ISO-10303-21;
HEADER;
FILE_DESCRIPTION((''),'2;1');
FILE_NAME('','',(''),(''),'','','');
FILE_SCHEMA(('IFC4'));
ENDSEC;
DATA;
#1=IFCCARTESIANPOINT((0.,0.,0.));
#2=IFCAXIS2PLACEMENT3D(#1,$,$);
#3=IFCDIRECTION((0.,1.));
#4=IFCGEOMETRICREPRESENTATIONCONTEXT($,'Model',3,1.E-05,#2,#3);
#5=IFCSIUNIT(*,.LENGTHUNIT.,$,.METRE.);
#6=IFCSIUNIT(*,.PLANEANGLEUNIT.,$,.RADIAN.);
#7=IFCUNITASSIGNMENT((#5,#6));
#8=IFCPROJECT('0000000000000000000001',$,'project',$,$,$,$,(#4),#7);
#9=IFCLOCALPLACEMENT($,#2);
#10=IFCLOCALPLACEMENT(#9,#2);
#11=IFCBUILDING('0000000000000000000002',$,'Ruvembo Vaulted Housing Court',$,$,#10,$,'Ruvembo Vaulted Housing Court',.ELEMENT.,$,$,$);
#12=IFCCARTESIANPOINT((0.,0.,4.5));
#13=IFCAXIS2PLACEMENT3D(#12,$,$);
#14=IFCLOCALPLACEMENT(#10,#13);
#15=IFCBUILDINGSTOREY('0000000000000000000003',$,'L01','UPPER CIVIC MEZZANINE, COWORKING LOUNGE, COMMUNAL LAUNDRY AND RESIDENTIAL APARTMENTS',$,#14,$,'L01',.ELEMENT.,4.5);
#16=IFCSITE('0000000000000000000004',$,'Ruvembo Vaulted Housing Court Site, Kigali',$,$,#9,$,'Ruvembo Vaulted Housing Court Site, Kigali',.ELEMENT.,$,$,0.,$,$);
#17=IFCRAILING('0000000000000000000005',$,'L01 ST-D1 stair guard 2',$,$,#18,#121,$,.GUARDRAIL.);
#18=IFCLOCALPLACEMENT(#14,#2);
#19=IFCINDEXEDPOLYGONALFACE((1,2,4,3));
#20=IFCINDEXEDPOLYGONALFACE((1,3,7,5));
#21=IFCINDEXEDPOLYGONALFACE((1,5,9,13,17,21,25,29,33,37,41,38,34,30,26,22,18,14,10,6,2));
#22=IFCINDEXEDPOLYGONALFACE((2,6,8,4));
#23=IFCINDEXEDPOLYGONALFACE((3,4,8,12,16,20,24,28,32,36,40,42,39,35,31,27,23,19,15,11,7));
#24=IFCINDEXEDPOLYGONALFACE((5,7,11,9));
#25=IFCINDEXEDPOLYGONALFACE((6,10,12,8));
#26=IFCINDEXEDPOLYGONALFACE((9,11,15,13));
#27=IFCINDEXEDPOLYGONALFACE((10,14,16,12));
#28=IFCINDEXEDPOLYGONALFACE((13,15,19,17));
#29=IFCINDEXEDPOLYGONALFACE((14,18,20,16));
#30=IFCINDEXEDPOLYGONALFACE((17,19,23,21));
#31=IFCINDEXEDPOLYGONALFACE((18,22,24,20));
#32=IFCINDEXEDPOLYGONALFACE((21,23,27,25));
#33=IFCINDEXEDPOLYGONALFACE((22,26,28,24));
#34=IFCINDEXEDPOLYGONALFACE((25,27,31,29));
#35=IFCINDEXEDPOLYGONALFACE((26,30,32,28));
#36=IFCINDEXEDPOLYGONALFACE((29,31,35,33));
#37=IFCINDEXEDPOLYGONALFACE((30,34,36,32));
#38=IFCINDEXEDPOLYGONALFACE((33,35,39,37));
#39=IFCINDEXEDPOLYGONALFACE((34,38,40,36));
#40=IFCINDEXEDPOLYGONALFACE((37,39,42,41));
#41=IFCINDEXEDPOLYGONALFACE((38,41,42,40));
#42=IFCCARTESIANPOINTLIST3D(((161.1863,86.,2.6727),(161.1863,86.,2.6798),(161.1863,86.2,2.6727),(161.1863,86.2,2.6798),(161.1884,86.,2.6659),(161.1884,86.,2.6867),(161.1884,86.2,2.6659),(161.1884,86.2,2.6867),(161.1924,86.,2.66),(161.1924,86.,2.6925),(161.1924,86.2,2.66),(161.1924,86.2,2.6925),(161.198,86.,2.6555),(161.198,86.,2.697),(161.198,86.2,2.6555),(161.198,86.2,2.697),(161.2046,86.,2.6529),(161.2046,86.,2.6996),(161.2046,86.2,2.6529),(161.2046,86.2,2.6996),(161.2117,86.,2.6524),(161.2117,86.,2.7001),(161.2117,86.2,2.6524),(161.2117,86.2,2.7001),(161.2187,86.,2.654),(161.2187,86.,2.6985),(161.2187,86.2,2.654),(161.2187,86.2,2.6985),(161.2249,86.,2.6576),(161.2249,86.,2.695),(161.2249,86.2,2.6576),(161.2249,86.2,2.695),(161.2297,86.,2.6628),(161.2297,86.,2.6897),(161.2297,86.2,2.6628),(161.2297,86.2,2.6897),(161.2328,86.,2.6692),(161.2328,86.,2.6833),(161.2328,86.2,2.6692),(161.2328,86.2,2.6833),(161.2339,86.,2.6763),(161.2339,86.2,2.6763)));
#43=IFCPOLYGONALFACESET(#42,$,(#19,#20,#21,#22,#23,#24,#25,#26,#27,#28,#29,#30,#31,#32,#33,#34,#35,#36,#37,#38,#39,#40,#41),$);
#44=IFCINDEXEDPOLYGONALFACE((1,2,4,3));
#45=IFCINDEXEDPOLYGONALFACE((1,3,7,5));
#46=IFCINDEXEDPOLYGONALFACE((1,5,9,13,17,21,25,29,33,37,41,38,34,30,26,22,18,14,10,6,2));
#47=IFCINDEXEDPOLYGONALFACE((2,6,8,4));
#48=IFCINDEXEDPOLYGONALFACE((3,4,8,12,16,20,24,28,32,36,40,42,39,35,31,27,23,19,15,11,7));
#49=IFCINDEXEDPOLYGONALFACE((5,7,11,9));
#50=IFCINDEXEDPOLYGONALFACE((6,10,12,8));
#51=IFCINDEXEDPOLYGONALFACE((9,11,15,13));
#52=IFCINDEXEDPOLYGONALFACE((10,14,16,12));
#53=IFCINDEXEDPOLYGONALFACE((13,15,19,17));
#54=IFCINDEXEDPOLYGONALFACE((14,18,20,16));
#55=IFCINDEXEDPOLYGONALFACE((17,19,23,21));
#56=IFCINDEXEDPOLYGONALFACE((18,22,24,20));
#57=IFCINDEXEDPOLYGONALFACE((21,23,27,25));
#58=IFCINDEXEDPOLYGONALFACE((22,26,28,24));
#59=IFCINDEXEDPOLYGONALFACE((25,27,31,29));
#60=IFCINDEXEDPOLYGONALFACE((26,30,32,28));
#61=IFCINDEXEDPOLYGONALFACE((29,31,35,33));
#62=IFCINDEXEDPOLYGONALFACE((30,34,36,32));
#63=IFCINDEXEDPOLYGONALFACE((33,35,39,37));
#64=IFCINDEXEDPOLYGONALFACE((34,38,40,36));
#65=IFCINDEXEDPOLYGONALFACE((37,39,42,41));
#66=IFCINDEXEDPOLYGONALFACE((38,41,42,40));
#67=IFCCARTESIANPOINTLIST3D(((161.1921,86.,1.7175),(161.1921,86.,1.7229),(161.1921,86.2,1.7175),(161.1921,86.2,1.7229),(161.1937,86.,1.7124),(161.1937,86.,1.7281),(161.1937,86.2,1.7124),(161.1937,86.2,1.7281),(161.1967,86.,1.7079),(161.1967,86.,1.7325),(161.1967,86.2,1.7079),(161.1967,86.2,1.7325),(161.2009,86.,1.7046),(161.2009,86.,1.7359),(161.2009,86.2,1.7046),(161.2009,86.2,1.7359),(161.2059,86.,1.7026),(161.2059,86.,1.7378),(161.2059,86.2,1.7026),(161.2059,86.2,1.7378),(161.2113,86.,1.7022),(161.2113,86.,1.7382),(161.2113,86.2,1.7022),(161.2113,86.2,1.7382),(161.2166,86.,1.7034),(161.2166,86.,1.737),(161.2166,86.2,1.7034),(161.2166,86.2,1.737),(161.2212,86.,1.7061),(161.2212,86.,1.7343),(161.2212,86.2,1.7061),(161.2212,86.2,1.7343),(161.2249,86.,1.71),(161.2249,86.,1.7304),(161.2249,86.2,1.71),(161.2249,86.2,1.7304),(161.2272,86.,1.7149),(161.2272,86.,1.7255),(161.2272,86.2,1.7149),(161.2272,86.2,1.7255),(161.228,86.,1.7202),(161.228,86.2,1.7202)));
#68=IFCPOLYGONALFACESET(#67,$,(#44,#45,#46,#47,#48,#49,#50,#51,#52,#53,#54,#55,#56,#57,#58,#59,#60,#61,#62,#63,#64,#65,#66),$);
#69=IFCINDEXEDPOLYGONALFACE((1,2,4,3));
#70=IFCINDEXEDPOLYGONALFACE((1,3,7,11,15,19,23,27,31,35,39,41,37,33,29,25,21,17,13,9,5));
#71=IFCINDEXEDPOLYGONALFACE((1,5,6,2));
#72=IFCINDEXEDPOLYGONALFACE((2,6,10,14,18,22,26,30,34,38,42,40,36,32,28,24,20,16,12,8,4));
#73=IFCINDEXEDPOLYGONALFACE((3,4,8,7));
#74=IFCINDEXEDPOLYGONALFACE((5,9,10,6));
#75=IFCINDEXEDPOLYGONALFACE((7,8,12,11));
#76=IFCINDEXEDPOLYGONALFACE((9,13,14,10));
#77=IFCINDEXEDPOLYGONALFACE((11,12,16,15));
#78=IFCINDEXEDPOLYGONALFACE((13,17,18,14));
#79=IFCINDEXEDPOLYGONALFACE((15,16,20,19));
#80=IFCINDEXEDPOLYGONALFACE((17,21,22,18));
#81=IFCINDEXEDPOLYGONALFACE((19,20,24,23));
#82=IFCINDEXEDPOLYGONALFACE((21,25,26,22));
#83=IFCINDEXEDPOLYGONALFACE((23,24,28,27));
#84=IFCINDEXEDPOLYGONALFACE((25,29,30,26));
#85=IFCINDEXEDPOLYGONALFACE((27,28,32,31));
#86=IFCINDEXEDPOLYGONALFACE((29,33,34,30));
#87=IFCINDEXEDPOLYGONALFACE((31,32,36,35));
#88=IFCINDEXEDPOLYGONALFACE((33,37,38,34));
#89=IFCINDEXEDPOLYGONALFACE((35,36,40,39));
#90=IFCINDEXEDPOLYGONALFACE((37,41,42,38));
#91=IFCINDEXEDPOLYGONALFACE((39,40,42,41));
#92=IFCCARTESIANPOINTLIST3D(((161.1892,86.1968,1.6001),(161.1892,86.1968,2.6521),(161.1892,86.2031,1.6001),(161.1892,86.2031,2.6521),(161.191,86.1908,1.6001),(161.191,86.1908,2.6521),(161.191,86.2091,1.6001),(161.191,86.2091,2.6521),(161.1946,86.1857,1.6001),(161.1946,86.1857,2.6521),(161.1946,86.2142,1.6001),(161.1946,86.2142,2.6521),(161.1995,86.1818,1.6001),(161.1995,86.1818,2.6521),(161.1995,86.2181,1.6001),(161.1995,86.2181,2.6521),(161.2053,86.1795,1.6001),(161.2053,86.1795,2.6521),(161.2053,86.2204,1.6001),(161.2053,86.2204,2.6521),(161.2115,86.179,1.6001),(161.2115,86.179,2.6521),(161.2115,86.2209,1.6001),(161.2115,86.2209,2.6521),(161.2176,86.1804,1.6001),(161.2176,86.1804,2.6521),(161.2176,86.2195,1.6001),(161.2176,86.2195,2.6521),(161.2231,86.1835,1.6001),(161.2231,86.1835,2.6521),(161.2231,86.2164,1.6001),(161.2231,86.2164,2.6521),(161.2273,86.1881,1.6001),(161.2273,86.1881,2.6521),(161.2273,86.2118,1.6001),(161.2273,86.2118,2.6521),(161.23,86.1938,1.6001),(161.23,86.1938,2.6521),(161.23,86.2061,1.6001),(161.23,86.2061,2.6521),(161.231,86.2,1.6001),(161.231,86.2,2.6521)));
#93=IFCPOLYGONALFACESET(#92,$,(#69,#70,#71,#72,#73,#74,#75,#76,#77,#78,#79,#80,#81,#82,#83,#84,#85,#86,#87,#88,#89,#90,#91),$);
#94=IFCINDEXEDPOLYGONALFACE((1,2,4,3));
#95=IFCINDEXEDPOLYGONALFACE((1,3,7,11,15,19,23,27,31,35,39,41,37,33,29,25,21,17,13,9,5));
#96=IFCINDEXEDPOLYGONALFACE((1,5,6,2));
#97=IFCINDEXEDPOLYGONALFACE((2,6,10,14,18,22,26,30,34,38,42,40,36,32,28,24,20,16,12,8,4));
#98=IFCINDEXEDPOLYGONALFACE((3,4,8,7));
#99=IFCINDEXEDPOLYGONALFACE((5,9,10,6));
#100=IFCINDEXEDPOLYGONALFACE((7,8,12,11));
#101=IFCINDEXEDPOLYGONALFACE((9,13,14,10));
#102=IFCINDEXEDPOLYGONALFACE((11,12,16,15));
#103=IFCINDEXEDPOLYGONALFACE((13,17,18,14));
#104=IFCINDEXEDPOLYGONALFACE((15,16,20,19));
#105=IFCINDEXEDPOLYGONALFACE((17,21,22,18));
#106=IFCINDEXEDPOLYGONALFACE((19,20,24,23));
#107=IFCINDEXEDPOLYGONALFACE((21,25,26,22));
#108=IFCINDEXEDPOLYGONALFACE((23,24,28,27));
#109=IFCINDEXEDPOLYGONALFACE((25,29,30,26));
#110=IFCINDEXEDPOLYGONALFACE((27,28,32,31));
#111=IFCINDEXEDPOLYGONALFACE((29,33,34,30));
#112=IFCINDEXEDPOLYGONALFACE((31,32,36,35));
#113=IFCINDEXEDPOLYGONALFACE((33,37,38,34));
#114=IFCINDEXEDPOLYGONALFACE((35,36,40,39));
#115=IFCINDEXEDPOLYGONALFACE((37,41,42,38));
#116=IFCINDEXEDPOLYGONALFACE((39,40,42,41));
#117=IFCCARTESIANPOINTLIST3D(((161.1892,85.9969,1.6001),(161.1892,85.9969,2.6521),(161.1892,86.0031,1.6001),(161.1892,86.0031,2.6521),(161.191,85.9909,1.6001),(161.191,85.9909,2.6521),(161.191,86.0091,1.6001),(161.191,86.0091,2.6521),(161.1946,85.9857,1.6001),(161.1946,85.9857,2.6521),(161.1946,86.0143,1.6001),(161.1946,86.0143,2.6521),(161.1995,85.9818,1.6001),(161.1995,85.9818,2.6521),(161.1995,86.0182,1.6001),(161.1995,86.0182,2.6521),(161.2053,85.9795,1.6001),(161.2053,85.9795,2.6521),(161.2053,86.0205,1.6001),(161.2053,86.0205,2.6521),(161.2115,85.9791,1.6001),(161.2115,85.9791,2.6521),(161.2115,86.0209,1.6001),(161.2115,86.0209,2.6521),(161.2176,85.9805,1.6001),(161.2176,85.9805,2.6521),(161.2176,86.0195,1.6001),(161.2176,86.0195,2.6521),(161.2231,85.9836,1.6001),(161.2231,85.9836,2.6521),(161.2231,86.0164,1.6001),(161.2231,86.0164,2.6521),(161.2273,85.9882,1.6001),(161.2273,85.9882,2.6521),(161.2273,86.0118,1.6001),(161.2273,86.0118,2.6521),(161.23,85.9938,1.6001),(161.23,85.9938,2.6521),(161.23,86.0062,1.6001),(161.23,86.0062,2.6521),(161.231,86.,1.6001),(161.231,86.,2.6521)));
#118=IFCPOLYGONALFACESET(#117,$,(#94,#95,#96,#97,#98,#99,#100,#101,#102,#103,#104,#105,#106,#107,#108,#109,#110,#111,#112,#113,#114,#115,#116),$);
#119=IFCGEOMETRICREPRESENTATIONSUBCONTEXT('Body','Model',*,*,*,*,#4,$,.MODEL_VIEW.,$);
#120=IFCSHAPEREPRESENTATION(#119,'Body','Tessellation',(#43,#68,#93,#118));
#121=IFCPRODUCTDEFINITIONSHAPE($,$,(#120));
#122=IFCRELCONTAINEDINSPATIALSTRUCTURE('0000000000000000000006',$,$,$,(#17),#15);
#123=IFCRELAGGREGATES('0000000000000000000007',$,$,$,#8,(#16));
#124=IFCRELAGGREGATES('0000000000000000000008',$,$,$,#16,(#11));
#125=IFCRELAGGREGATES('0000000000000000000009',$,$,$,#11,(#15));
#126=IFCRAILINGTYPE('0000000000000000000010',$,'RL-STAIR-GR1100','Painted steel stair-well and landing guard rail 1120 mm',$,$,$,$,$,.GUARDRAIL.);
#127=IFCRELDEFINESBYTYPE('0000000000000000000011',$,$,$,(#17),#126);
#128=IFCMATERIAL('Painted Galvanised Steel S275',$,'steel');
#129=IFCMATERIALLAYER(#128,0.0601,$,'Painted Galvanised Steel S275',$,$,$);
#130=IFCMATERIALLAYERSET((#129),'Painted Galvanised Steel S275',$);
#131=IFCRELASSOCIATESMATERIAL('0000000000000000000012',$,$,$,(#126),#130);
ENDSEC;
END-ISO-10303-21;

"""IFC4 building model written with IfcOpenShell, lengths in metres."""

from ifc_helpers import new_model, si_unit, direction, frame, origin, origin_2d, place, context, subcontext, project, spatial, circle, extrude, material, layer, layer_set, type_object, element, save


model = new_model("IFC4")

# Units and contexts
model_context = context("Model", 3, precision=1e-05, world=origin(), true_north=direction((0.0, 1.0)))
body_context = subcontext(model_context, "Body", "Model", "MODEL_VIEW")
ifc_project = project(units=[si_unit("LENGTHUNIT", "METRE"), si_unit("PLANEANGLEUNIT", "RADIAN")], contexts=[model_context])

# Site, building, storey
site_placement = place(None, origin())
site = spatial("IfcSite", under=ifc_project, at=site_placement, Name="Ruvembo Vaulted Housing Court Site, Kigali", LongName="Ruvembo Vaulted Housing Court Site, Kigali", CompositionType="ELEMENT", RefElevation=0.0)
building_placement = place(site_placement, origin())
building = spatial("IfcBuilding", under=site, at=building_placement, Name="Ruvembo Vaulted Housing Court", LongName="Ruvembo Vaulted Housing Court", CompositionType="ELEMENT")
storey_placement = place(building_placement, frame((0.0, 0.0, 4.5)))
storey = spatial("IfcBuildingStorey", under=building, at=storey_placement, Name="L01", Description="UPPER CIVIC MEZZANINE, COWORKING LOUNGE, COMMUNAL LAUNDRY AND RESIDENTIAL APARTMENTS", LongName="L01", CompositionType="ELEMENT", Elevation=4.5)

# Railing
ifc_material_1 = material(Name="Painted Galvanised Steel S275", Category="steel")
ifc_layer_1 = layer(ifc_material_1, 0.0601, Name="Painted Galvanised Steel S275")
ifc_layer_set_1 = layer_set([ifc_layer_1], Name="Painted Galvanised Steel S275")
railing_type_1 = type_object("IfcRailingType", Name="RL-STAIR-GR1100", Description="Painted steel stair-well and landing guard rail 1120 mm", PredefinedType="GUARDRAIL", material=ifc_layer_set_1)
railing_1_placement = place(storey_placement, frame((161.21, 86.2, 1.6001)))
element("IfcRailing", 1, at=railing_1_placement, inside=storey, type_object=railing_type_1, Name="L01 ST-D1 stair guard 2", PredefinedType="GUARDRAIL", context=body_context, shape_type="SweptSolid", body=[
    extrude(circle(Radius=0.0239, at=origin_2d()), frame((0.0, 0.0, 1.0762), z_axis=(0.0, -1.0, 0.0), x_axis=(1.0, 0.0, 0.0)), (0.0, 0.0, 1.0), 0.2),
    extrude(circle(Radius=0.0181, at=origin_2d()), frame((0.0, 0.0, 0.1201), z_axis=(0.0, -1.0, 0.0), x_axis=(1.0, 0.0, 0.0)), (0.0, 0.0, 1.0), 0.2),
    extrude(circle(Radius=0.021, at=origin_2d()), origin(), (0.0, 0.0, 1.0), 1.052),
    extrude(circle(Radius=0.021, at=origin_2d()), frame((0.0, -0.2, 0.0)), (0.0, 0.0, 1.0), 1.052),
])

save(model, "model.ifc")
